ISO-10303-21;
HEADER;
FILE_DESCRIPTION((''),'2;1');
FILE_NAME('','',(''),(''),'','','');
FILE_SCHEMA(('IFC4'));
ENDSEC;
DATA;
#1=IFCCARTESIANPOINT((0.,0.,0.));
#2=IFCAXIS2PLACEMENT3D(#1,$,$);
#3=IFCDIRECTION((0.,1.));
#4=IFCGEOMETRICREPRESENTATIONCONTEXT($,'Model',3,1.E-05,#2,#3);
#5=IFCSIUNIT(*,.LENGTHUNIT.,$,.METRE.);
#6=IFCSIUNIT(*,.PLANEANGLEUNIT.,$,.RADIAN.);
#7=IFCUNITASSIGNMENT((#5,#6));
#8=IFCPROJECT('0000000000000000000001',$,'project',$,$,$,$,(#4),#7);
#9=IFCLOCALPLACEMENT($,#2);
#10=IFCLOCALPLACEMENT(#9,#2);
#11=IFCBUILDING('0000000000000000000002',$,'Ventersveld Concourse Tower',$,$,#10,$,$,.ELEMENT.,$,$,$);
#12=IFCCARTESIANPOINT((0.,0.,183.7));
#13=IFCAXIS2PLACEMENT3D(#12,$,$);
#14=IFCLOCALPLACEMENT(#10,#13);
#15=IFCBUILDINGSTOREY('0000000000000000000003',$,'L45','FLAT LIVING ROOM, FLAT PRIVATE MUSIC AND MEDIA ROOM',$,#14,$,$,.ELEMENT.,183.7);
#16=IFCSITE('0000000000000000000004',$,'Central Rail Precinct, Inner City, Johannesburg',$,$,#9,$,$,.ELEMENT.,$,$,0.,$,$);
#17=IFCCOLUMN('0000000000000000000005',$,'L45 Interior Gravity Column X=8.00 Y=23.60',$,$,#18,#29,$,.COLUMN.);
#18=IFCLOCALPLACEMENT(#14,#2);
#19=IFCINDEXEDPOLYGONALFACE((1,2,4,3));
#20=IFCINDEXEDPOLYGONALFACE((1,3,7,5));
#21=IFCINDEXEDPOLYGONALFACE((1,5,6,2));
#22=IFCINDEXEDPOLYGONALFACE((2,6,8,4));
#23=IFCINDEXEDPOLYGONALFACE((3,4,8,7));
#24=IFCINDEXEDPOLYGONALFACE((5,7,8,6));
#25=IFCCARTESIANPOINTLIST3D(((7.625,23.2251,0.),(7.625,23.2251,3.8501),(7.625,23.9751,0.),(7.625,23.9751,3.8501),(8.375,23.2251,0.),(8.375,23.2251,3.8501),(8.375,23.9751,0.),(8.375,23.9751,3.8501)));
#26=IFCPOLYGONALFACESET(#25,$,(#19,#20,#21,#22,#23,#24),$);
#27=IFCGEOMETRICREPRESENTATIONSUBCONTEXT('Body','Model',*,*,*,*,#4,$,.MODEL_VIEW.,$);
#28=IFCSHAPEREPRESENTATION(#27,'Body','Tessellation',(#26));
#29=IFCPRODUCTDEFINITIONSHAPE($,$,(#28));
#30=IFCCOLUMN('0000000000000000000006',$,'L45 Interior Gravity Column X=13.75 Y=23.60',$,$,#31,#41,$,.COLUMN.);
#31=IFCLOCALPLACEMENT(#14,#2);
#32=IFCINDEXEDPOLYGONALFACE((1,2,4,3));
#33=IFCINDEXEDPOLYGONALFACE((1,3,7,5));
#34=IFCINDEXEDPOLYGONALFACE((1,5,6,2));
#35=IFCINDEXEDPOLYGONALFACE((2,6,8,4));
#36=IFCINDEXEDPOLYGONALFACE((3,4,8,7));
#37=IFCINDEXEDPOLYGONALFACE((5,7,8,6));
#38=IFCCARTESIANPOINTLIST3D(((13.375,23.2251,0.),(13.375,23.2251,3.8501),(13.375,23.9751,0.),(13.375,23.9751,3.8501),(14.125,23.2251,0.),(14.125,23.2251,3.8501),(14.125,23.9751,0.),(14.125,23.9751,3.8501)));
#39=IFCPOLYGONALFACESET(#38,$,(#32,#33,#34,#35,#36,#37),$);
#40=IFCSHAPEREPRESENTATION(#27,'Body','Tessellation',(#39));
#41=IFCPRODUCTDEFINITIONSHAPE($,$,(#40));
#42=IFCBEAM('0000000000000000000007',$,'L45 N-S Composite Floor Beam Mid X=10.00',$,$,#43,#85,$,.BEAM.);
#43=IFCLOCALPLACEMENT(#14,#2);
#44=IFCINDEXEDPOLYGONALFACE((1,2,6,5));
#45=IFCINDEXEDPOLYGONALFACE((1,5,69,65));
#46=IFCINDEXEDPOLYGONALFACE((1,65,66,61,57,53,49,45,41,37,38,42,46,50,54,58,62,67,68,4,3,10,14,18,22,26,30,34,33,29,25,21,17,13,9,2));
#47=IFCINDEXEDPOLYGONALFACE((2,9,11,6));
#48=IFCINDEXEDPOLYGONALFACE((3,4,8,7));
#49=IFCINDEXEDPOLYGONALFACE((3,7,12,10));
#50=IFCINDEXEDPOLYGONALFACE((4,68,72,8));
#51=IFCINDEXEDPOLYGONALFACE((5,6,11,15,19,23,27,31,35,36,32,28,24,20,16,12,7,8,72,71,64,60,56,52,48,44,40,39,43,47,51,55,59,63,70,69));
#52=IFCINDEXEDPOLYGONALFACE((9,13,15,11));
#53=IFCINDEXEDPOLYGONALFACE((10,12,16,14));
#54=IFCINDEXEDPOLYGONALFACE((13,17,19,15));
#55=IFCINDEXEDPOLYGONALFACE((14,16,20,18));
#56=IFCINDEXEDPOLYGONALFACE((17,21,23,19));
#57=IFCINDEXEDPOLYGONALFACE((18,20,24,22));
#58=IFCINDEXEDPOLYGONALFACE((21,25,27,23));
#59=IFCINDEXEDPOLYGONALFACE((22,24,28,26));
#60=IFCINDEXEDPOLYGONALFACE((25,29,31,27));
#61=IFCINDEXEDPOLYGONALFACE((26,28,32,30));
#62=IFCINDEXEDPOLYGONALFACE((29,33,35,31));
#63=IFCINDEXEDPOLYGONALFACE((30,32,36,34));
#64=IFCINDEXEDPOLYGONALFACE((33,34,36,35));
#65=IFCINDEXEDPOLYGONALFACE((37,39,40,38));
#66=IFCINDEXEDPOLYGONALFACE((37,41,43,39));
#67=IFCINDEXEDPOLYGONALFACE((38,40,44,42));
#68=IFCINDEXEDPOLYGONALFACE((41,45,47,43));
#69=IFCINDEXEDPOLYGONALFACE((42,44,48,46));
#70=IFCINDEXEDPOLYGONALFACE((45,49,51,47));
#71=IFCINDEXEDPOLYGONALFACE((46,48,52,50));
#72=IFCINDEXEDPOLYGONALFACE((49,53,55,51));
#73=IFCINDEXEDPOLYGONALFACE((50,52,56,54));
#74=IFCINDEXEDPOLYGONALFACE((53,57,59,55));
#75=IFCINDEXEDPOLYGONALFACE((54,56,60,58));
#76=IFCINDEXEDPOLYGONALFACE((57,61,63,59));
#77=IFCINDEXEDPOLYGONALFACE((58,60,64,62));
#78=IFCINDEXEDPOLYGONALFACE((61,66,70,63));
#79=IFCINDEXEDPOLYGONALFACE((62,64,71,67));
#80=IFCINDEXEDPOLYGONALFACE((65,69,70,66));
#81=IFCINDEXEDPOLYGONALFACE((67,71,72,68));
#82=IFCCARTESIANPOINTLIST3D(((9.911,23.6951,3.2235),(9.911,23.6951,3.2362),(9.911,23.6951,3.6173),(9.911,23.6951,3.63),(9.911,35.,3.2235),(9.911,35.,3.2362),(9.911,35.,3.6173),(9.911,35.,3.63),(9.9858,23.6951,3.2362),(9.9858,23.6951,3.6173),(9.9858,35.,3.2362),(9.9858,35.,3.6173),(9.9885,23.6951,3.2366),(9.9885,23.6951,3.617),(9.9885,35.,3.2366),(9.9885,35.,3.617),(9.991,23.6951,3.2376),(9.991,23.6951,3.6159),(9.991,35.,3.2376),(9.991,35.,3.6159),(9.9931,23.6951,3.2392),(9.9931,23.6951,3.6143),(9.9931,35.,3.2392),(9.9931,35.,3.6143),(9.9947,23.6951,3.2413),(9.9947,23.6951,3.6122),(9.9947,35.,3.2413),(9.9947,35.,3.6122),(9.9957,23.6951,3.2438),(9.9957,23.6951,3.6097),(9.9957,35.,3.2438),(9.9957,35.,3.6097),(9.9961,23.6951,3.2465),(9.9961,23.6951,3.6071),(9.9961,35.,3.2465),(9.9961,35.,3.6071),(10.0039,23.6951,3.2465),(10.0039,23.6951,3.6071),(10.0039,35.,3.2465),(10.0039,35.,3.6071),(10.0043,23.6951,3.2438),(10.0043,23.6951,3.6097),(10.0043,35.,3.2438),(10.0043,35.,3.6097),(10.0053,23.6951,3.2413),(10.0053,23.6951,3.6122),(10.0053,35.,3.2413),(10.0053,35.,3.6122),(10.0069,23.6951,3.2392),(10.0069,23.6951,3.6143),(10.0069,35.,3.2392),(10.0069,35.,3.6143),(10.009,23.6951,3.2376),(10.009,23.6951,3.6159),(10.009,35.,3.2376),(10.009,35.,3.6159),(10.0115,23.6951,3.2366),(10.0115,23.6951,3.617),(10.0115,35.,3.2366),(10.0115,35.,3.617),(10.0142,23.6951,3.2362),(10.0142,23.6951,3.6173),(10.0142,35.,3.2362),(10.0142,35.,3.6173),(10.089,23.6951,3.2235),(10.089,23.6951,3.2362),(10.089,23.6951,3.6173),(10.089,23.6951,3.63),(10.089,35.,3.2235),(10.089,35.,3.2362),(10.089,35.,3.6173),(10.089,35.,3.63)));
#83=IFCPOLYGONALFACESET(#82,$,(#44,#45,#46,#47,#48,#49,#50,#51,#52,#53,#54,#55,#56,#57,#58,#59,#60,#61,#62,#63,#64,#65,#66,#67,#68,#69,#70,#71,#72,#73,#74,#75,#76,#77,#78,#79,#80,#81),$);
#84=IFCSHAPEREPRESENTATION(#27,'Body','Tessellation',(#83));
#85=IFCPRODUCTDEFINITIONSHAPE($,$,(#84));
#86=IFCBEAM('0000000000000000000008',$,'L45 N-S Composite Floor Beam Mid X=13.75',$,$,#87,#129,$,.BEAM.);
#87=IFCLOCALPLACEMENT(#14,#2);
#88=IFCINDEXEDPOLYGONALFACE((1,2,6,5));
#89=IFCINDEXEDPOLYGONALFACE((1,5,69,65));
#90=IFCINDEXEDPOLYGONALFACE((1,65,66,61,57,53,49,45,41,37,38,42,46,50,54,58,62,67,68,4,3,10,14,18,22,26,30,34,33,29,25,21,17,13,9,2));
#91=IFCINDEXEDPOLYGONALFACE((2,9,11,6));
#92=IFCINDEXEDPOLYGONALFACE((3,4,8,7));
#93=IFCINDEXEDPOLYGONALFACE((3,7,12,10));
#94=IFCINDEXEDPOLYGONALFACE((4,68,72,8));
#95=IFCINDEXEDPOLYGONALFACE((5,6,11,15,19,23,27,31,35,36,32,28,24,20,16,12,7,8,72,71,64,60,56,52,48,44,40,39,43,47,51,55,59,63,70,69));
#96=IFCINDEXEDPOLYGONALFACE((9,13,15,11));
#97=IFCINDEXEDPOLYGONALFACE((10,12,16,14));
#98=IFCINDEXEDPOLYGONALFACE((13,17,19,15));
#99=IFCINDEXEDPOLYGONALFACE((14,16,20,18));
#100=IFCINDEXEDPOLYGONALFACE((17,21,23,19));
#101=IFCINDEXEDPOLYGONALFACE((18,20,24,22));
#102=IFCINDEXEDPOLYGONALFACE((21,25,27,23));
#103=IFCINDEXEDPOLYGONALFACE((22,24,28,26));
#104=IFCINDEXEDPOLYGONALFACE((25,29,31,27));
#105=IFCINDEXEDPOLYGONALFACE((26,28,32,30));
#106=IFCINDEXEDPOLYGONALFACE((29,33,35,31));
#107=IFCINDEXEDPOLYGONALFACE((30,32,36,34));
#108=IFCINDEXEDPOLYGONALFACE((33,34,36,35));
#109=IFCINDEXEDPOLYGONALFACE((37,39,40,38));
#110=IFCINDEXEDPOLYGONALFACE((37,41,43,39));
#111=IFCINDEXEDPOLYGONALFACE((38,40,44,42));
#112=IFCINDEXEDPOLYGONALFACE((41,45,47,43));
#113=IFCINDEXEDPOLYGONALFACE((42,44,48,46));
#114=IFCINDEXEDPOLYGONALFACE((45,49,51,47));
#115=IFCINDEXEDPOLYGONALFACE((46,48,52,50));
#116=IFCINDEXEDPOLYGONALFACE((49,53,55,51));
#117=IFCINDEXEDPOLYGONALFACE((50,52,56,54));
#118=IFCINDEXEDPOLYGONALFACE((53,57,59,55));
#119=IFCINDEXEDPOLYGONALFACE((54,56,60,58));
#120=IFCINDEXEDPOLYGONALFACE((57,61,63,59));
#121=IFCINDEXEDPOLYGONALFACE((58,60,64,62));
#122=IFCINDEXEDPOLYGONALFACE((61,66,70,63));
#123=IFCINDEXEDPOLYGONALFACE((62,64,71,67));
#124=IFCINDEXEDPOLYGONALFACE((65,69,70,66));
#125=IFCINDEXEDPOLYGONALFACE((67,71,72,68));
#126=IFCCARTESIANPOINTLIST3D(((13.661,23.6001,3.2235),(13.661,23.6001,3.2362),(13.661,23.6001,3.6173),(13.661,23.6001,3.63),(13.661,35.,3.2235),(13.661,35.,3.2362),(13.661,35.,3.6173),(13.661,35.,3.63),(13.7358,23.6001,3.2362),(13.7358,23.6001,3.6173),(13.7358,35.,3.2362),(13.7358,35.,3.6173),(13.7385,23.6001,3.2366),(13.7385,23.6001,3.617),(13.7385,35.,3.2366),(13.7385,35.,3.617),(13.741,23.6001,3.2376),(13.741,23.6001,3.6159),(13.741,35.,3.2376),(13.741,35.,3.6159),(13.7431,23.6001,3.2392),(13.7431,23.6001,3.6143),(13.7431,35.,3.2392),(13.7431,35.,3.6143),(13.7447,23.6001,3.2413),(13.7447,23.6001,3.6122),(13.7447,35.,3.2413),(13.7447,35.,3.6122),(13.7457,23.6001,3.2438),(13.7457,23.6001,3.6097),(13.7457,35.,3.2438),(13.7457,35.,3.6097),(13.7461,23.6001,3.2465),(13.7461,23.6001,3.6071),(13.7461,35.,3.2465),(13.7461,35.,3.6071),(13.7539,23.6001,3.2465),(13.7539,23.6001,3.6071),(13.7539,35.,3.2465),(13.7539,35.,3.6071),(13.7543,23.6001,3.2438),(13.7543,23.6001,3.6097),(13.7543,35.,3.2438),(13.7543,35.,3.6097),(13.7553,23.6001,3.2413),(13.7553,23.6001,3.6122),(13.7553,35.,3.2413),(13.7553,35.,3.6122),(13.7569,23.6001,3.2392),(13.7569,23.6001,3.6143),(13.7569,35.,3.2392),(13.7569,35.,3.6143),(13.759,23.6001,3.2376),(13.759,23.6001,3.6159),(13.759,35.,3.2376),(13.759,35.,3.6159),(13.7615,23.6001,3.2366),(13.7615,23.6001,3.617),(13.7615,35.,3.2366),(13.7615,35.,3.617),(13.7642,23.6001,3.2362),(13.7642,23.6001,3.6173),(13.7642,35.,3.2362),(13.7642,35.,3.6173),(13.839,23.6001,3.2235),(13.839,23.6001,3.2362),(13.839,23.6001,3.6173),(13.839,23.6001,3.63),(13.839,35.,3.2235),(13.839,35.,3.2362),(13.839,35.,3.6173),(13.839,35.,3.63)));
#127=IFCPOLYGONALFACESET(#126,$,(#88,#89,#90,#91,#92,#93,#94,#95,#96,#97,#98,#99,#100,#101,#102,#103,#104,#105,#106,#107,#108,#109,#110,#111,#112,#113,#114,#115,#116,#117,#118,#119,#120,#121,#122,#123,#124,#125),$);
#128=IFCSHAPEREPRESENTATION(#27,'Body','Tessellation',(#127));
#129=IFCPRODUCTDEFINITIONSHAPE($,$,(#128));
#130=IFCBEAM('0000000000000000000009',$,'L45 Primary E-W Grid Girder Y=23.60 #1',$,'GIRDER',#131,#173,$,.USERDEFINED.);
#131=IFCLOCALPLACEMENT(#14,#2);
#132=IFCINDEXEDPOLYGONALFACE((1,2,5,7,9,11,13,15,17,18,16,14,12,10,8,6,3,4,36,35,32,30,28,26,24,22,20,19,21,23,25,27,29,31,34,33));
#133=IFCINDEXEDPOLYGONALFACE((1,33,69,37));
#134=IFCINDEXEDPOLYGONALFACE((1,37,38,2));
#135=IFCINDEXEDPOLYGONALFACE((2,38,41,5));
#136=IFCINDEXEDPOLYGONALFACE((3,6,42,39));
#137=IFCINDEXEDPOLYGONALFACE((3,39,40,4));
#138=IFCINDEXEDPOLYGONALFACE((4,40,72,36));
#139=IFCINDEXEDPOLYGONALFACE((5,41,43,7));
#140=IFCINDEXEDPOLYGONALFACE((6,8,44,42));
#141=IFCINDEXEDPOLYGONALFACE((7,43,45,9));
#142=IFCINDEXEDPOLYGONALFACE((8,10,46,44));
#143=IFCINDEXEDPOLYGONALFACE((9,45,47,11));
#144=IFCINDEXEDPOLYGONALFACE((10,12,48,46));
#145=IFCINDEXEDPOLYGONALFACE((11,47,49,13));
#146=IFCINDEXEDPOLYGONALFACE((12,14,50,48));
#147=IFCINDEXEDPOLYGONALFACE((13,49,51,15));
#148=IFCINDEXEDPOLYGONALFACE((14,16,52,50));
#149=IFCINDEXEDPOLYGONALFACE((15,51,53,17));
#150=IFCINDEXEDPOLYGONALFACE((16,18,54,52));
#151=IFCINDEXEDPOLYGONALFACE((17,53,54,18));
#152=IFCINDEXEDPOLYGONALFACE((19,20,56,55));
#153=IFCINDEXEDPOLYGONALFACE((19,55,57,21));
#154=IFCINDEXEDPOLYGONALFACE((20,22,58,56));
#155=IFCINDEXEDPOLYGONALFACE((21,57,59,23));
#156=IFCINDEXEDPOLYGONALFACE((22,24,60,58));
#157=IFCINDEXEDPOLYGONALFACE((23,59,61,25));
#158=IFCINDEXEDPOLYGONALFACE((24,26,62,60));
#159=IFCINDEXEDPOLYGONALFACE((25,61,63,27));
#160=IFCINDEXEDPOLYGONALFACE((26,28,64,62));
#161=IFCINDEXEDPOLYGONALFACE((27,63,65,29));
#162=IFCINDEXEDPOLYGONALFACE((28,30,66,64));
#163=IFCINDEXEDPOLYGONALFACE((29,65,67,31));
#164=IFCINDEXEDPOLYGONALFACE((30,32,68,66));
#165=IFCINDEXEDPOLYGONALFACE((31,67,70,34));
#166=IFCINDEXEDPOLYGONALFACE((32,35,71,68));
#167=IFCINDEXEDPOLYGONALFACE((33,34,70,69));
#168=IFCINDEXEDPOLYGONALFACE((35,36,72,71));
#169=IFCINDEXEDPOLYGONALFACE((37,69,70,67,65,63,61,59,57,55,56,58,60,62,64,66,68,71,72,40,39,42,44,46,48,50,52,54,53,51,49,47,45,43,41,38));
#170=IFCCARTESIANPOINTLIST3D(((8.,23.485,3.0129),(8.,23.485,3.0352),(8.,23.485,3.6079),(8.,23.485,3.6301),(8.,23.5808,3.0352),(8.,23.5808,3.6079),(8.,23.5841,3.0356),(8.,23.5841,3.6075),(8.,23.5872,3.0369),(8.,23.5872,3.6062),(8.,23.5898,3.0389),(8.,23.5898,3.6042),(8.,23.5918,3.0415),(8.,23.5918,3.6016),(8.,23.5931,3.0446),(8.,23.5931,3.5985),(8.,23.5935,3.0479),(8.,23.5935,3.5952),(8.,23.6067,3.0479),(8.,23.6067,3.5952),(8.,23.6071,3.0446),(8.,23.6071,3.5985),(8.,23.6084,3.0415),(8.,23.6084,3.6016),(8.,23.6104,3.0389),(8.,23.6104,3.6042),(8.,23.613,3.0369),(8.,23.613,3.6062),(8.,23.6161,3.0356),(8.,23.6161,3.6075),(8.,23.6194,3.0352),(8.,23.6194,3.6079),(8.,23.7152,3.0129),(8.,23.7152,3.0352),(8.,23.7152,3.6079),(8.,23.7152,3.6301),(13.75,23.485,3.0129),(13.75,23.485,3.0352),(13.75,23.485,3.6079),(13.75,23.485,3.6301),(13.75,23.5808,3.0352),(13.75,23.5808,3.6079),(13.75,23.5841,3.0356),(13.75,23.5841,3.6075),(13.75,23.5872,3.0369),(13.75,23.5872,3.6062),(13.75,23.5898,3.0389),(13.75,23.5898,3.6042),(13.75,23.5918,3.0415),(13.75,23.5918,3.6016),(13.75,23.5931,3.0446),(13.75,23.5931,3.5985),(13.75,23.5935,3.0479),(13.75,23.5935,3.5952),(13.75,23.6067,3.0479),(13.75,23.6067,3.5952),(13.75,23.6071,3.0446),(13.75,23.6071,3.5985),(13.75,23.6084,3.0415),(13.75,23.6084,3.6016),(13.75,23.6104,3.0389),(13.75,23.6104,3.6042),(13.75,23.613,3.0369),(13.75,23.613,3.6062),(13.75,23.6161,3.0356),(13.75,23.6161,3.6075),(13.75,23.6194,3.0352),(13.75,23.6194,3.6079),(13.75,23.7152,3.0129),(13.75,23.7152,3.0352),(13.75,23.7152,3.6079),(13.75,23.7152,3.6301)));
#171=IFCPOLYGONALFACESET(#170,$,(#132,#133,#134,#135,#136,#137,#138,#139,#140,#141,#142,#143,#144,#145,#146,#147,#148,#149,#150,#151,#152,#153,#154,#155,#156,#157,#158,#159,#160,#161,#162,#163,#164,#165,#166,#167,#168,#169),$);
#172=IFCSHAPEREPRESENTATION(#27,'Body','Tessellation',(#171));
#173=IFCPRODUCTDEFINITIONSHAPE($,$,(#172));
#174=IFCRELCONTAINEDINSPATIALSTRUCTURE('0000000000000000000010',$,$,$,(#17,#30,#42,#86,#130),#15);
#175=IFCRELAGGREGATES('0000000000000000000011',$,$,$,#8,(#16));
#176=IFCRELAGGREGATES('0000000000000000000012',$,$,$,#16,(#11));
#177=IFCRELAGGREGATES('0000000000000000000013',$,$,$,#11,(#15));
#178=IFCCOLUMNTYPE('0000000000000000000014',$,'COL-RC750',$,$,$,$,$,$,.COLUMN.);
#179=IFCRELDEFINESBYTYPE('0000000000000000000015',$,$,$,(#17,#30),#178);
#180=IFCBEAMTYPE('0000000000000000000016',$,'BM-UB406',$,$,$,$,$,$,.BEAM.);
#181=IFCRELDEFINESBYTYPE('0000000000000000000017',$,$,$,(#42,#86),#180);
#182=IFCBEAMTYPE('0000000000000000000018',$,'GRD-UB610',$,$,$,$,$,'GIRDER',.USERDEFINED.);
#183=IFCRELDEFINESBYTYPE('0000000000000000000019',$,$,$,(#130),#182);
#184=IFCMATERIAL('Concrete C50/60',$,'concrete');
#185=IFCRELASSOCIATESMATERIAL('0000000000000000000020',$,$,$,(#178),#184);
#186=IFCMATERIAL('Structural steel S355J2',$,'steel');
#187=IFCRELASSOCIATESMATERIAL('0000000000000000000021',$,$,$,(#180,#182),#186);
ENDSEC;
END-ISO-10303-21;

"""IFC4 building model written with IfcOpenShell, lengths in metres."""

from ifc_helpers import new_model, si_unit, direction, frame, origin, origin_2d, place, context, subcontext, project, spatial, rectangle, i_section, extrude, material, material_profile, profile_set, type_object, element, save


model = new_model("IFC4")

# Units and contexts
model_context = context("Model", 3, precision=1e-05, world=origin(), true_north=direction((0.0, 1.0)))
body_context = subcontext(model_context, "Body", "Model", "MODEL_VIEW")
ifc_project = project(units=[si_unit("LENGTHUNIT", "METRE"), si_unit("PLANEANGLEUNIT", "RADIAN")], contexts=[model_context])

# Site, building, storey
site_placement = place(None, origin())
site = spatial("IfcSite", under=ifc_project, at=site_placement, Name="Central Rail Precinct, Inner City, Johannesburg", CompositionType="ELEMENT", RefElevation=0.0)
building_placement = place(site_placement, origin())
building = spatial("IfcBuilding", under=site, at=building_placement, Name="Ventersveld Concourse Tower", CompositionType="ELEMENT")
storey_placement = place(building_placement, frame((0.0, 0.0, 183.7)))
storey = spatial("IfcBuildingStorey", under=building, at=storey_placement, Name="L45", Description="FLAT LIVING ROOM, FLAT PRIVATE MUSIC AND MEDIA ROOM", CompositionType="ELEMENT", Elevation=183.7)

# Columns
ifc_material_1 = material(Name="Concrete C50/60", Category="concrete")
ifc_material_profile_1 = material_profile(ifc_material_1, rectangle(XDim=0.75, YDim=0.75, at=origin_2d()), Name="RC 750x750")
ifc_profile_set_1 = profile_set([ifc_material_profile_1], Name="Concrete C50/60")
column_type = type_object("IfcColumnType", Name="COL-RC750", PredefinedType="COLUMN", material=ifc_profile_set_1)
for number, where, z_axis, x_axis, name in (
    (1, (8.0, 23.6001, 0.0), (0.0, 0.0, 1.0), (1.0, 0.0, 0.0), "L45 Interior Gravity Column X=8.00 Y=23.60"),
    (2, (13.75, 23.6001, 0.0), (0.0, 0.0, 1.0), (1.0, 0.0, 0.0), "L45 Interior Gravity Column X=13.75 Y=23.60"),
):
    element("IfcColumn", number, at=place(storey_placement, frame(where, z_axis=z_axis, x_axis=x_axis)), inside=storey, type_object=column_type, Name=name, PredefinedType="COLUMN", context=body_context, shape_type="SweptSolid", body=[
        extrude(rectangle(XDim=0.75, YDim=0.75, at=origin_2d()), origin(), (0.0, 0.0, 1.0), 3.8501),
    ])

# Beams
ifc_material_2 = material(Name="Structural steel S355J2", Category="steel")
ifc_material_profile_2 = material_profile(ifc_material_2, i_section(OverallWidth=0.178, OverallDepth=0.4065, WebThickness=0.0078, FlangeThickness=0.0127, FilletRadius=0.0103, at=origin_2d()), Name="UB 406x178x60")
ifc_profile_set_2 = profile_set([ifc_material_profile_2], Name="Structural steel S355J2")
beam_type_1 = type_object("IfcBeamType", Name="BM-UB406", PredefinedType="BEAM", material=ifc_profile_set_2)
beam_1_placement = place(storey_placement, frame((10.0, 23.6951, 3.4268), z_axis=(0.0, 1.0, 0.0), x_axis=(-1.0, 0.0, 0.0)))
element("IfcBeam", 3, at=beam_1_placement, inside=storey, type_object=beam_type_1, Name="L45 N-S Composite Floor Beam Mid X=10.00", PredefinedType="BEAM", context=body_context, shape_type="SweptSolid", body=[
    extrude(i_section(OverallWidth=0.178, OverallDepth=0.4065, WebThickness=0.0078, FlangeThickness=0.0127, FilletRadius=0.0103, at=origin_2d()), origin(), (0.0, 0.0, 1.0), 11.3049),
])
beam_2_placement = place(storey_placement, frame((13.75, 23.6001, 3.4268), z_axis=(0.0, 1.0, 0.0), x_axis=(-1.0, 0.0, 0.0)))
element("IfcBeam", 4, at=beam_2_placement, inside=storey, type_object=beam_type_1, Name="L45 N-S Composite Floor Beam Mid X=13.75", PredefinedType="BEAM", context=body_context, shape_type="SweptSolid", body=[
    extrude(i_section(OverallWidth=0.178, OverallDepth=0.4065, WebThickness=0.0078, FlangeThickness=0.0127, FilletRadius=0.0103, at=origin_2d()), origin(), (0.0, 0.0, 1.0), 11.3999),
])
ifc_material_profile_3 = material_profile(ifc_material_2, i_section(OverallWidth=0.2302, OverallDepth=0.6172, WebThickness=0.0132, FlangeThickness=0.0222, FilletRadius=0.0127, at=origin_2d()), Name="UB 610x229x140")
ifc_profile_set_3 = profile_set([ifc_material_profile_3], Name="Structural steel S355J2")
beam_type_2 = type_object("IfcBeamType", Name="GRD-UB610", ElementType="GIRDER", PredefinedType="USERDEFINED", material=ifc_profile_set_3)
beam_3_placement = place(storey_placement, frame((8.0, 23.6001, 3.3215), z_axis=(1.0, 0.0, 0.0), x_axis=(0.0, 1.0, 0.0)))
element("IfcBeam", 5, at=beam_3_placement, inside=storey, type_object=beam_type_2, Name="L45 Primary E-W Grid Girder Y=23.60 #1", ObjectType="GIRDER", PredefinedType="USERDEFINED", context=body_context, shape_type="SweptSolid", body=[
    extrude(i_section(OverallWidth=0.2302, OverallDepth=0.6172, WebThickness=0.0132, FlangeThickness=0.0222, FilletRadius=0.0127, at=origin_2d()), origin(), (0.0, 0.0, 1.0), 5.75),
])

save(model, "model.ifc")
